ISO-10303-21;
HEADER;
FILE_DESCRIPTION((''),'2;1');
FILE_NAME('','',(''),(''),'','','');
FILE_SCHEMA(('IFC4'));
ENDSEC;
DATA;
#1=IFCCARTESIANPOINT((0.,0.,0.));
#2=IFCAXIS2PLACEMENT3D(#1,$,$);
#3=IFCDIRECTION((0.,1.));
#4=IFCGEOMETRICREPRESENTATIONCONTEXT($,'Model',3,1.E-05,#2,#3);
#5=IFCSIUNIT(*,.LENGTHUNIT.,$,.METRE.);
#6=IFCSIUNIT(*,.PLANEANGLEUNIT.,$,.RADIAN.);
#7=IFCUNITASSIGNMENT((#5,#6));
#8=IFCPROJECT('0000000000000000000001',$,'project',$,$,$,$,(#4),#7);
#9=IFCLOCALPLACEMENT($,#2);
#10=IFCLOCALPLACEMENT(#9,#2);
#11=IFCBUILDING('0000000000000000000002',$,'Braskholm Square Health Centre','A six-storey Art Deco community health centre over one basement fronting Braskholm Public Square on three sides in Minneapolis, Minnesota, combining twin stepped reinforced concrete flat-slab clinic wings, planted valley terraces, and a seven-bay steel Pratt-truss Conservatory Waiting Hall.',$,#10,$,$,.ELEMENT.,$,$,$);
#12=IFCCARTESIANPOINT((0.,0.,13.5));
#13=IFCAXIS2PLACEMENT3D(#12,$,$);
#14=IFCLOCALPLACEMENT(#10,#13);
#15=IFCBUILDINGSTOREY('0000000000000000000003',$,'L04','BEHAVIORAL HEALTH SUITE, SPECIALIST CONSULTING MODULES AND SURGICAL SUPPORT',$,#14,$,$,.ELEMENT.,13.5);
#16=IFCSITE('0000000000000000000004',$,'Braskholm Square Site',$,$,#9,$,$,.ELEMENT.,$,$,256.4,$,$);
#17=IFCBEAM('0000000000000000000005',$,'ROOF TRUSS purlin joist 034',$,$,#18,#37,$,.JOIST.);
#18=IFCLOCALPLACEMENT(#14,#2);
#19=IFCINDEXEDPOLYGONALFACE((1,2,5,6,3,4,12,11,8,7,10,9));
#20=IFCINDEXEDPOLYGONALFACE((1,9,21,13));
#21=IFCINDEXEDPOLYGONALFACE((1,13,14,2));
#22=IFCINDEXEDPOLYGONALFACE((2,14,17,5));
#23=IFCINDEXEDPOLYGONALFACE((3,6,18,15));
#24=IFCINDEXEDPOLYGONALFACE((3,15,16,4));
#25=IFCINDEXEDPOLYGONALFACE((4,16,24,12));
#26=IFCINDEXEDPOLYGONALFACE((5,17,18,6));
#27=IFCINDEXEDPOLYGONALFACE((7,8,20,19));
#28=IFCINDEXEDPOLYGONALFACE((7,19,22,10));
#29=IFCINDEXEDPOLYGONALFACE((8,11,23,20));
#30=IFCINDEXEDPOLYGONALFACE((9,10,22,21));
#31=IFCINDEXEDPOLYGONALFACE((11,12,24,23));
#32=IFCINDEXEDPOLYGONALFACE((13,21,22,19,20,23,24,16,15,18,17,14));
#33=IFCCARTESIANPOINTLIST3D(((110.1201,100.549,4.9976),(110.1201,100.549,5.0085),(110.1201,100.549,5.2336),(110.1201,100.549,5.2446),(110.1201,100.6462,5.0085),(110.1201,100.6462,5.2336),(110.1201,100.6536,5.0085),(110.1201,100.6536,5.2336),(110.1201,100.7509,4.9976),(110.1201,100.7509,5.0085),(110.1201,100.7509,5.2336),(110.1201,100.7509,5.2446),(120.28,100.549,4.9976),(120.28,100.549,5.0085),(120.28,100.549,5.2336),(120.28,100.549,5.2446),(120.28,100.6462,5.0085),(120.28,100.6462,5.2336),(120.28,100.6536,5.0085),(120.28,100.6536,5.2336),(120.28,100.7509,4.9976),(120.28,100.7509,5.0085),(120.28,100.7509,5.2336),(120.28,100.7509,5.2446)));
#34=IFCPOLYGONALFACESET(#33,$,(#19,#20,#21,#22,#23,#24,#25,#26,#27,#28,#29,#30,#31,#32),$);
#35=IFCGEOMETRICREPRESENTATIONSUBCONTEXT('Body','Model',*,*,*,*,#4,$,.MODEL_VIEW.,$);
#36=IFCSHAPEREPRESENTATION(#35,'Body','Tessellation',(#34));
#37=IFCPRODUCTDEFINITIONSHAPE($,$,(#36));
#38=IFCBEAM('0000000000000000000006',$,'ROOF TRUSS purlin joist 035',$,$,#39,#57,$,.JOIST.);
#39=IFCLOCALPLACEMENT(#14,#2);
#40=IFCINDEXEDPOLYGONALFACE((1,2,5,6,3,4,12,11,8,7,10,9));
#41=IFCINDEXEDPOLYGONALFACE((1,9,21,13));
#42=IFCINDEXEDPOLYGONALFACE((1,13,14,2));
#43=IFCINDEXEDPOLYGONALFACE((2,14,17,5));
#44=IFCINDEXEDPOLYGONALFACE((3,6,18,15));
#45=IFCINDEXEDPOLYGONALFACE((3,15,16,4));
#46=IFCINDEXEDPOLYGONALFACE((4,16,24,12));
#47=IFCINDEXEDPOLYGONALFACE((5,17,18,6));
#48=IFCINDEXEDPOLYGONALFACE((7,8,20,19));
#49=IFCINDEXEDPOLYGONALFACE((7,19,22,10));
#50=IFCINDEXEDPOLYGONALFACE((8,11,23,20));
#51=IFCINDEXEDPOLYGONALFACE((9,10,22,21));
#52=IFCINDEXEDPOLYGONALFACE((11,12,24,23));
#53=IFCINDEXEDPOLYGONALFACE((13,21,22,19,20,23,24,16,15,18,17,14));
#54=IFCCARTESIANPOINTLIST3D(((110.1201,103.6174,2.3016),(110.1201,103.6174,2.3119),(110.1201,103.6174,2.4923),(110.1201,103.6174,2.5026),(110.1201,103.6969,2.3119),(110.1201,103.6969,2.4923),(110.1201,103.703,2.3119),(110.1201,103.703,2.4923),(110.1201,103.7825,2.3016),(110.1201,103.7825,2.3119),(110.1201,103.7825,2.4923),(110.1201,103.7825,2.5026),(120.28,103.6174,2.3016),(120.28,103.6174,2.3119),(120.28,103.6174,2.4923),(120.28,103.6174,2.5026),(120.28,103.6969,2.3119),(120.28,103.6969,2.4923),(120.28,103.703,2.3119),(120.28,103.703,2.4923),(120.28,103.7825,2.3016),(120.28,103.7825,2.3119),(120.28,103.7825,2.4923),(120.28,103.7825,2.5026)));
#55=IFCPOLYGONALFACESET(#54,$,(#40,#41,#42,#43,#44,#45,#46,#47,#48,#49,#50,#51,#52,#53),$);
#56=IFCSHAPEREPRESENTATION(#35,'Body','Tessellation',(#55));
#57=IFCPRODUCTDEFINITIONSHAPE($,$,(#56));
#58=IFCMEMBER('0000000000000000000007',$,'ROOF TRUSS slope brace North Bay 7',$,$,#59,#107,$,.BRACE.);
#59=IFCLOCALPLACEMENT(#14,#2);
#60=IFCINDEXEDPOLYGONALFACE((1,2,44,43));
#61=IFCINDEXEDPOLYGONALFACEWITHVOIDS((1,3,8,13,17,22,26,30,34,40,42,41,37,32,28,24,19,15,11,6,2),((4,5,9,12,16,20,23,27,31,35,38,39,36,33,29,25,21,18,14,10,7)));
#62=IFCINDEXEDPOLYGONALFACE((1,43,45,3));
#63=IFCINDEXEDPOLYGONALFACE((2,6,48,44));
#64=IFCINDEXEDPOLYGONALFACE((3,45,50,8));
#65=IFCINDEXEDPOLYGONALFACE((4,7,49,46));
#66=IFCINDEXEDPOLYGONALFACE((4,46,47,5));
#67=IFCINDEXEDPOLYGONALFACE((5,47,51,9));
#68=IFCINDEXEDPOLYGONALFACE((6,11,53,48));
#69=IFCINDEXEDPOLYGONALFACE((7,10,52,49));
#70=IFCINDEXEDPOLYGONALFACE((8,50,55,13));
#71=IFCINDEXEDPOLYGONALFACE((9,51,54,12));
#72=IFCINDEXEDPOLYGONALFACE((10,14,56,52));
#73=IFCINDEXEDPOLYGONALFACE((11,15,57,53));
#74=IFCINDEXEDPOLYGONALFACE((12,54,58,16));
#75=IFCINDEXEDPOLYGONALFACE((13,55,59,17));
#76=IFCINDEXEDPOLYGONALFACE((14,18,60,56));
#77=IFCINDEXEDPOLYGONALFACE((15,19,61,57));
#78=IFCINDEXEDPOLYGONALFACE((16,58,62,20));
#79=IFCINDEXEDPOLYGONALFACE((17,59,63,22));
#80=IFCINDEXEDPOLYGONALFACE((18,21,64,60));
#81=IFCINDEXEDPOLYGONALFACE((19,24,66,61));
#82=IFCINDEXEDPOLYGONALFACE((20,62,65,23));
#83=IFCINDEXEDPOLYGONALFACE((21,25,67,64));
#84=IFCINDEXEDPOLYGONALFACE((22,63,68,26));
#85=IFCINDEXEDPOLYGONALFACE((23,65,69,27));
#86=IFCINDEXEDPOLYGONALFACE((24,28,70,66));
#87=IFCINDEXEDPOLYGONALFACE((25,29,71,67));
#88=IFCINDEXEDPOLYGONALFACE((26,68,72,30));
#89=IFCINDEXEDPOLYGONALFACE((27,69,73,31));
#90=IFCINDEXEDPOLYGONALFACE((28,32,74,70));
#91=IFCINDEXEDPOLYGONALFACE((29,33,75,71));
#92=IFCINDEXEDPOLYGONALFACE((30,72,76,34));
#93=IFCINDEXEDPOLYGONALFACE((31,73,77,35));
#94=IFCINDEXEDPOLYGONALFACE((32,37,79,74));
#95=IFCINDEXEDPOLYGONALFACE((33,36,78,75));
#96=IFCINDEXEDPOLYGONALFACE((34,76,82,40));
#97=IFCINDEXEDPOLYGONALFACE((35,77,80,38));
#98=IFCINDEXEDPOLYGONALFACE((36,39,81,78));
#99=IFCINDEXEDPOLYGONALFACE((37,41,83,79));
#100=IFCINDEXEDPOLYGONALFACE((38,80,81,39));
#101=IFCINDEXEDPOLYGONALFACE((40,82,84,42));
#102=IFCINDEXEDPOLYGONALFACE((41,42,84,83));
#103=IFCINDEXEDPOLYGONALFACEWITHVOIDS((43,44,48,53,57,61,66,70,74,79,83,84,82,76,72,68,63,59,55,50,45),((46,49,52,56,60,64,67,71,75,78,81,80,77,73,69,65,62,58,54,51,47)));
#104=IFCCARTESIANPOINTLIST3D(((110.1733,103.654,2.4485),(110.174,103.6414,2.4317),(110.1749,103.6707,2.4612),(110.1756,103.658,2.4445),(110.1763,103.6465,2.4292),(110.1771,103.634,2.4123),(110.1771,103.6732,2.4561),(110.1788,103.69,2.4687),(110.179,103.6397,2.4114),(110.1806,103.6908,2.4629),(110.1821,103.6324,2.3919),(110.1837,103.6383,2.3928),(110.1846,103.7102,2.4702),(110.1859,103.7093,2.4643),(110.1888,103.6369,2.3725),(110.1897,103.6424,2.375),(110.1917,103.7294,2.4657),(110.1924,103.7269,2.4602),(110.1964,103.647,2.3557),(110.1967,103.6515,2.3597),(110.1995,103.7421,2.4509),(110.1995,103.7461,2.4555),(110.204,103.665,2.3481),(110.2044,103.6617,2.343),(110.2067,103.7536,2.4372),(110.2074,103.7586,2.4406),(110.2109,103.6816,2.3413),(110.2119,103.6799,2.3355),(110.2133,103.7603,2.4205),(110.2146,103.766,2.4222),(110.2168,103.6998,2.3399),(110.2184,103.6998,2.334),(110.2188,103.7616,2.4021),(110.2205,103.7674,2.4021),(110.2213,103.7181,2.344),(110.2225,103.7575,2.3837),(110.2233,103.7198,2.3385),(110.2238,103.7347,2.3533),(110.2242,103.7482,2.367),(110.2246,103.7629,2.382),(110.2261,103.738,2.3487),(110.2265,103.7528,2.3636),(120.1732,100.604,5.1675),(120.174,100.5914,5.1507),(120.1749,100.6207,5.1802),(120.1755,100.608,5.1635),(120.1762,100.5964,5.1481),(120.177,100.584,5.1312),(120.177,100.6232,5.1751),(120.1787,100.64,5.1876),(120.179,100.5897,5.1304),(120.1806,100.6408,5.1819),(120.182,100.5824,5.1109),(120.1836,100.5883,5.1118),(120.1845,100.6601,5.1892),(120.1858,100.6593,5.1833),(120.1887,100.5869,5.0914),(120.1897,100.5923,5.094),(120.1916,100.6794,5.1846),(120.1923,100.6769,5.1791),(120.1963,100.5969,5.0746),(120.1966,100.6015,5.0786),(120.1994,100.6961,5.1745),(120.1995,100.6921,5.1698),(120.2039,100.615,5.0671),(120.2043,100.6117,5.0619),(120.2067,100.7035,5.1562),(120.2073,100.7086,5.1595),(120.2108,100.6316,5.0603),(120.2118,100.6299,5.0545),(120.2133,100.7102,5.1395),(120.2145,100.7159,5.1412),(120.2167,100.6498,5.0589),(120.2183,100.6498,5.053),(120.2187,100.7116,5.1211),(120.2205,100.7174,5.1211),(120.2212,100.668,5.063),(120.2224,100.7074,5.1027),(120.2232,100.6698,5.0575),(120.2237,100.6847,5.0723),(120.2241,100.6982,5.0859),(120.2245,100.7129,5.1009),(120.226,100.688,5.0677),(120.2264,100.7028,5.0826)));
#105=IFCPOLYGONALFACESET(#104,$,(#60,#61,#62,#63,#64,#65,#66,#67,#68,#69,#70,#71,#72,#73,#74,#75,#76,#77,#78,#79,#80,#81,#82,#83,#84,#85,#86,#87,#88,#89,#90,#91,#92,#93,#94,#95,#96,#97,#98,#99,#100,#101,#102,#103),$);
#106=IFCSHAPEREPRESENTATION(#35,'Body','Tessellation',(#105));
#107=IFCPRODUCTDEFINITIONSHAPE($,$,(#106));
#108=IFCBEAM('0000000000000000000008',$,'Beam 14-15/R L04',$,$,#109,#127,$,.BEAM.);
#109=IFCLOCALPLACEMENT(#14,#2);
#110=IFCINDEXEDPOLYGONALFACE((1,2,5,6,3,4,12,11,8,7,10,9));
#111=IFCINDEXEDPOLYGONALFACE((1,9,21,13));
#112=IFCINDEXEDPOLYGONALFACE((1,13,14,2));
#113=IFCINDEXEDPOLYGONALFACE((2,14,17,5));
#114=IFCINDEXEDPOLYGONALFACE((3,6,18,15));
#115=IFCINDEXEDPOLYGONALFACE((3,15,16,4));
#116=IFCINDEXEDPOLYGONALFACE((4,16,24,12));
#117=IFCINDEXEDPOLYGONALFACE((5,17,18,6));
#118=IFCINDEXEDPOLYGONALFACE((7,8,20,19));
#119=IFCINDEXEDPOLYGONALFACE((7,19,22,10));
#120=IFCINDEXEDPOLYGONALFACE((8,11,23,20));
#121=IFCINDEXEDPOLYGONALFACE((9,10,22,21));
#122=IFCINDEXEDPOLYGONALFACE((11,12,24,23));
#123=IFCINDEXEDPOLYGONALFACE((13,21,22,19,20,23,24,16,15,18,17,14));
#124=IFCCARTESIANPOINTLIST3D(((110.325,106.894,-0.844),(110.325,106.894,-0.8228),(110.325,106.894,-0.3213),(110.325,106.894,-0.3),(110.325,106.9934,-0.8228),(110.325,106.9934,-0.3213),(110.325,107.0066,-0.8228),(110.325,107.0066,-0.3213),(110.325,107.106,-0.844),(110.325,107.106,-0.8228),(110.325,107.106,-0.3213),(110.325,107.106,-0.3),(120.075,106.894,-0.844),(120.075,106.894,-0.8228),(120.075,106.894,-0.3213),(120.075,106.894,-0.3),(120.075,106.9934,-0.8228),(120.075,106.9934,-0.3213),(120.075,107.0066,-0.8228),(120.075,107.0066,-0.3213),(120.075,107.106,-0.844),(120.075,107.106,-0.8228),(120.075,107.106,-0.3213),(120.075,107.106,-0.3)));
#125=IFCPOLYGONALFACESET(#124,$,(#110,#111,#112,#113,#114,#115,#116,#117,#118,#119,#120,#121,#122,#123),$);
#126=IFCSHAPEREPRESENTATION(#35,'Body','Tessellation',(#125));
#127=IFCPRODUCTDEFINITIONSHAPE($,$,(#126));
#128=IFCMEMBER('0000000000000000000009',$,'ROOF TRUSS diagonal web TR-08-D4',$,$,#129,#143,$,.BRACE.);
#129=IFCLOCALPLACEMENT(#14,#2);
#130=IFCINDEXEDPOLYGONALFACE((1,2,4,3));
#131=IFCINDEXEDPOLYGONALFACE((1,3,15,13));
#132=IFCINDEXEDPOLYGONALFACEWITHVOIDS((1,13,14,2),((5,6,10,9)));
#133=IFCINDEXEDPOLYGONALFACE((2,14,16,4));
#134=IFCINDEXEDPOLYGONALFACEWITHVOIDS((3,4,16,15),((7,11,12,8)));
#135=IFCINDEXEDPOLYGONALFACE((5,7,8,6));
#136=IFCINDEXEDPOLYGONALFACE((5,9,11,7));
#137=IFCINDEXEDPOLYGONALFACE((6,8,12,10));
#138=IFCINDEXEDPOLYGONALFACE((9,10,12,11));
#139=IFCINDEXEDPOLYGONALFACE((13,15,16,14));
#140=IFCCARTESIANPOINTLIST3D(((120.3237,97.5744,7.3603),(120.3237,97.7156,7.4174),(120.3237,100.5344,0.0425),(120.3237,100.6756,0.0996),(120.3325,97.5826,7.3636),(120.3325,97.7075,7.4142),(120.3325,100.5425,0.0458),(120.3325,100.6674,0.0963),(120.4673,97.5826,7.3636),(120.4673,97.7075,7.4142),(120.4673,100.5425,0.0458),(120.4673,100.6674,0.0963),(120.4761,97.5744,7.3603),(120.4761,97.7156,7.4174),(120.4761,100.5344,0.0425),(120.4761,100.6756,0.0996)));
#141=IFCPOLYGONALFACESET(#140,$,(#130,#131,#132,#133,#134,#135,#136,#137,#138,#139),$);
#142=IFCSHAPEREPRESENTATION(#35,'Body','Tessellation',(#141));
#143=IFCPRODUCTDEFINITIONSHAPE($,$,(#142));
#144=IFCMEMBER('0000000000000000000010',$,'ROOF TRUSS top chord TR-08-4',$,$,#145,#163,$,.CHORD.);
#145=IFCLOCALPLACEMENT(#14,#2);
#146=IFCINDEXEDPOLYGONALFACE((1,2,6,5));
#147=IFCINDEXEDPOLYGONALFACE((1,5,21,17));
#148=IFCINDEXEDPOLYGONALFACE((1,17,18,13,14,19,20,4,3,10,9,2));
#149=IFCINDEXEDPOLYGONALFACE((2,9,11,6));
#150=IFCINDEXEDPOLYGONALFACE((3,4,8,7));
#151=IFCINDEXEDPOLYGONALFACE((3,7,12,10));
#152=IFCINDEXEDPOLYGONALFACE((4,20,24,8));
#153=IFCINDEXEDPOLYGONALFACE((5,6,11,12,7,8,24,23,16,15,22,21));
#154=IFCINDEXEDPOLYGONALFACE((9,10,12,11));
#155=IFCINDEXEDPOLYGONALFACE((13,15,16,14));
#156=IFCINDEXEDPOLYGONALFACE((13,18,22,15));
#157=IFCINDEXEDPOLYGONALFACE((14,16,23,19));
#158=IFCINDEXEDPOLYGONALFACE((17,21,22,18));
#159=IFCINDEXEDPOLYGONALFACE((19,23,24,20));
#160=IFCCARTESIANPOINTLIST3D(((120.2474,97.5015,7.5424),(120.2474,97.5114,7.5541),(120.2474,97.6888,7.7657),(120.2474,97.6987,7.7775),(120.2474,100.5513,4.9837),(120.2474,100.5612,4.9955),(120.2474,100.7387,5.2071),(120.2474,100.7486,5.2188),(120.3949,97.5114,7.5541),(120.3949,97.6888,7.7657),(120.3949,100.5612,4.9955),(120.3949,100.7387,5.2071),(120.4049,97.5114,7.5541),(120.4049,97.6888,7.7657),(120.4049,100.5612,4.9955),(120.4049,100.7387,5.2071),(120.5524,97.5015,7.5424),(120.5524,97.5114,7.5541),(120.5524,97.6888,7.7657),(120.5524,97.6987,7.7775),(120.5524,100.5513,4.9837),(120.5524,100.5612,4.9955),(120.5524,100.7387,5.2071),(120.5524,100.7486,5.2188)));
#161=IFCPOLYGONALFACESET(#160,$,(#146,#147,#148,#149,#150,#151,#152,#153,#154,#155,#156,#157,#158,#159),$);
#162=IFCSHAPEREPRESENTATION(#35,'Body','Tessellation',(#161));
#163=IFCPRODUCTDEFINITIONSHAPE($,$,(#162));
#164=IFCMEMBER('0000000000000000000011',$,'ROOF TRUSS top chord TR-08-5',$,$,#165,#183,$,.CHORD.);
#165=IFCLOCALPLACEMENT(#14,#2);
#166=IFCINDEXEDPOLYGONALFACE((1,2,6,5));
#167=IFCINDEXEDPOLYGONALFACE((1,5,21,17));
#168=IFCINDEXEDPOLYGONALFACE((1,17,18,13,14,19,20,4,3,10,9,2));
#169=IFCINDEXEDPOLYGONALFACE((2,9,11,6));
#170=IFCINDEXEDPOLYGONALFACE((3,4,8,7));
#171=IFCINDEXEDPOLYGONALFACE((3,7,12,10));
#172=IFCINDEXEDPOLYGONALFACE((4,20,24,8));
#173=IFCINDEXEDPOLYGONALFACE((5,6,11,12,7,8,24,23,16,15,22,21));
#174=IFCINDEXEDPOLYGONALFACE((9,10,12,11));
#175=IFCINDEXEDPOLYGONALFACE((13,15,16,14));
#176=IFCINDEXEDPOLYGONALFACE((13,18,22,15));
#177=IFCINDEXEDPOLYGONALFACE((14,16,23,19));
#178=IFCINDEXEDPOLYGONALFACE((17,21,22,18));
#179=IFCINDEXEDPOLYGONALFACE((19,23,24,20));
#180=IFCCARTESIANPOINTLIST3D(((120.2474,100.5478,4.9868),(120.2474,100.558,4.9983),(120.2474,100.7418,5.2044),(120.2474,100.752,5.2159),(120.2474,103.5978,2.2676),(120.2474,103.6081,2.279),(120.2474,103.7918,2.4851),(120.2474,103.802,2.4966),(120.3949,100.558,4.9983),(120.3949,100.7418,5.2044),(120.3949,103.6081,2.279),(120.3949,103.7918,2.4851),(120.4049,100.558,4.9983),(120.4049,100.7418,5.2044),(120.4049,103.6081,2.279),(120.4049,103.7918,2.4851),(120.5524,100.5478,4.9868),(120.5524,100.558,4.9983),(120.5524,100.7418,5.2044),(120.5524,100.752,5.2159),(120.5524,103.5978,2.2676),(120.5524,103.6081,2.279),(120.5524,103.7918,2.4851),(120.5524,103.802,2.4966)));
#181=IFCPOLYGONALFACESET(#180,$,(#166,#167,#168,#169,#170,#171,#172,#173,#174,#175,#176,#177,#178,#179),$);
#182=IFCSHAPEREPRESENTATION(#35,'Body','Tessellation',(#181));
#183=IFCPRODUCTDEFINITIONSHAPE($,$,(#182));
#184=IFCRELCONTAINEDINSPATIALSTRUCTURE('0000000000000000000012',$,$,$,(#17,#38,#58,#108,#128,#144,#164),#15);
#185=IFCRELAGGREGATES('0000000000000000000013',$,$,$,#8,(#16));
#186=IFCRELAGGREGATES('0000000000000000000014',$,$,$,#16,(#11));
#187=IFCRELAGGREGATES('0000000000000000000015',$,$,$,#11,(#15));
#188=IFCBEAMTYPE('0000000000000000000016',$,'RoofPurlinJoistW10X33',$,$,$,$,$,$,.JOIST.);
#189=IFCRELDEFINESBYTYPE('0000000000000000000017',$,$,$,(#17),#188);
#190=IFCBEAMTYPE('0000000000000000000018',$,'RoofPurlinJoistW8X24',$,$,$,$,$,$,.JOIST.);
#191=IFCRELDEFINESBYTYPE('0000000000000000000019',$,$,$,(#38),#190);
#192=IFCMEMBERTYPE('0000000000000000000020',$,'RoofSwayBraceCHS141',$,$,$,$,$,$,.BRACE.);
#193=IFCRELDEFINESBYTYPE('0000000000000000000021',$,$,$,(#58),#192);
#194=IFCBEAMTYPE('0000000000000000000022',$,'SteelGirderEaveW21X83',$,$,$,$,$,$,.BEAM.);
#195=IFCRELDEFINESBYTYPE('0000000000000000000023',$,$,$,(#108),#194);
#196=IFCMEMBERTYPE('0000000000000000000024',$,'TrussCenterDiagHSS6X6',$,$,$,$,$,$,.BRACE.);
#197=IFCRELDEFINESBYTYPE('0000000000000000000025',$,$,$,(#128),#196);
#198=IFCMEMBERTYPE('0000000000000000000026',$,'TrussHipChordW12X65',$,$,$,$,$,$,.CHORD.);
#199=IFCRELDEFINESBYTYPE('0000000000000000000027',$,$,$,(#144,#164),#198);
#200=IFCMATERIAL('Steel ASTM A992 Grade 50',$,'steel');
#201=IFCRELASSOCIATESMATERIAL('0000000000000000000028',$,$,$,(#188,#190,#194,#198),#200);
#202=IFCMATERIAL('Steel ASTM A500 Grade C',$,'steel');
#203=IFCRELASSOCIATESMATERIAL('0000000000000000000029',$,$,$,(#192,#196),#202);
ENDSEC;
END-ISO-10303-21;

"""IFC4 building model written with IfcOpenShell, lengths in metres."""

from ifc_helpers import new_model, si_unit, direction, frame, origin, origin_2d, place, context, subcontext, project, spatial, hollow_rectangle, hollow_circle, i_section, extrude, material, material_profile, profile_set, type_object, element, save


model = new_model("IFC4")

# Units and contexts
model_context = context("Model", 3, precision=1e-05, world=origin(), true_north=direction((0.0, 1.0)))
body_context = subcontext(model_context, "Body", "Model", "MODEL_VIEW")
ifc_project = project(units=[si_unit("LENGTHUNIT", "METRE"), si_unit("PLANEANGLEUNIT", "RADIAN")], contexts=[model_context])

# Site, building, storey
site_placement = place(None, origin())
site = spatial("IfcSite", under=ifc_project, at=site_placement, Name="Braskholm Square Site", CompositionType="ELEMENT", RefElevation=256.4)
building_placement = place(site_placement, origin())
building = spatial("IfcBuilding", under=site, at=building_placement, Name="Braskholm Square Health Centre", Description="A six-storey Art Deco community health centre over one basement fronting Braskholm Public Square on three sides in Minneapolis, Minnesota, combining twin stepped reinforced concrete flat-slab clinic wings, planted valley terraces, and a seven-bay steel Pratt-truss Conservatory Waiting Hall.", CompositionType="ELEMENT")
storey_placement = place(building_placement, frame((0.0, 0.0, 13.5)))
storey = spatial("IfcBuildingStorey", under=building, at=storey_placement, Name="L04", Description="BEHAVIORAL HEALTH SUITE, SPECIALIST CONSULTING MODULES AND SURGICAL SUPPORT", CompositionType="ELEMENT", Elevation=13.5)

# Beams
ifc_material_1 = material(Name="Steel ASTM A992 Grade 50", Category="steel")
ifc_material_profile_1 = material_profile(ifc_material_1, i_section(OverallWidth=0.2019, OverallDepth=0.2471, WebThickness=0.0073, FlangeThickness=0.011, at=origin_2d()), Name="W10X33")
ifc_profile_set_1 = profile_set([ifc_material_profile_1], Name="Steel ASTM A992 Grade 50")
beam_type_1 = type_object("IfcBeamType", Name="RoofPurlinJoistW10X33", PredefinedType="JOIST", material=ifc_profile_set_1)
beam_1_placement = place(storey_placement, frame((110.1201, 100.6499, 5.1211), z_axis=(1.0, 0.0, 0.0), x_axis=(0.0, 1.0, 0.0)))
element("IfcBeam", 1, at=beam_1_placement, inside=storey, type_object=beam_type_1, Name="ROOF TRUSS purlin joist 034", PredefinedType="JOIST", context=body_context, shape_type="SweptSolid", body=[
    extrude(i_section(OverallWidth=0.2019, OverallDepth=0.2471, WebThickness=0.0073, FlangeThickness=0.011, at=origin_2d()), origin(), (0.0, 0.0, 1.0), 10.1599),
])
ifc_material_profile_2 = material_profile(ifc_material_1, i_section(OverallWidth=0.165, OverallDepth=0.2009, WebThickness=0.0061, FlangeThickness=0.0103, at=origin_2d()), Name="W8X24")
ifc_profile_set_2 = profile_set([ifc_material_profile_2], Name="Steel ASTM A992 Grade 50")
beam_type_2 = type_object("IfcBeamType", Name="RoofPurlinJoistW8X24", PredefinedType="JOIST", material=ifc_profile_set_2)
beam_2_placement = place(storey_placement, frame((110.1201, 103.7, 2.4021), z_axis=(1.0, 0.0, 0.0), x_axis=(0.0, 1.0, 0.0)))
element("IfcBeam", 2, at=beam_2_placement, inside=storey, type_object=beam_type_2, Name="ROOF TRUSS purlin joist 035", PredefinedType="JOIST", context=body_context, shape_type="SweptSolid", body=[
    extrude(i_section(OverallWidth=0.165, OverallDepth=0.2009, WebThickness=0.0061, FlangeThickness=0.0103, at=origin_2d()), origin(), (0.0, 0.0, 1.0), 10.1599),
])

# Member
ifc_material_2 = material(Name="Steel ASTM A500 Grade C", Category="steel")
ifc_material_profile_3 = material_profile(ifc_material_2, hollow_circle(Radius=0.0706, WallThickness=0.0061, at=origin_2d()), Name="HSS5.563X0.258")
ifc_profile_set_3 = profile_set([ifc_material_profile_3], Name="Steel ASTM A500 Grade C")
member_type_1 = type_object("IfcMemberType", Name="RoofSwayBraceCHS141", PredefinedType="BRACE", material=ifc_profile_set_3)
member_1_placement = place(storey_placement, frame((110.2, 103.7, 2.4021), z_axis=(0.925705, -0.282344, 0.251699), x_axis=(0.291737, 0.956499, 0.0)))
element("IfcMember", 3, at=member_1_placement, inside=storey, type_object=member_type_1, Name="ROOF TRUSS slope brace North Bay 7", PredefinedType="BRACE", context=body_context, shape_type="SweptSolid", body=[
    extrude(hollow_circle(Radius=0.0706, WallThickness=0.0061, at=origin_2d()), origin(), (0.0, 0.0, 1.0), 10.8025),
])

# Beam
ifc_material_profile_4 = material_profile(ifc_material_1, i_section(OverallWidth=0.2119, OverallDepth=0.5439, WebThickness=0.0132, FlangeThickness=0.0212, at=origin_2d()), Name="W21X83")
ifc_profile_set_4 = profile_set([ifc_material_profile_4], Name="Steel ASTM A992 Grade 50")
beam_type_3 = type_object("IfcBeamType", Name="SteelGirderEaveW21X83", PredefinedType="BEAM", material=ifc_profile_set_4)
beam_3_placement = place(storey_placement, frame((110.325, 107.0, -0.572), z_axis=(1.0, 0.0, 0.0), x_axis=(0.0, 1.0, 0.0)))
element("IfcBeam", 4, at=beam_3_placement, inside=storey, type_object=beam_type_3, Name="Beam 14-15/R L04", PredefinedType="BEAM", context=body_context, shape_type="SweptSolid", body=[
    extrude(i_section(OverallWidth=0.2119, OverallDepth=0.5439, WebThickness=0.0132, FlangeThickness=0.0212, at=origin_2d()), origin(), (0.0, 0.0, 1.0), 9.75),
])

# Members
ifc_material_profile_5 = material_profile(ifc_material_2, hollow_rectangle(XDim=0.1523, YDim=0.1523, WallThickness=0.0088, at=origin_2d()), Name="HSS6X6X3/8")
ifc_profile_set_5 = profile_set([ifc_material_profile_5], Name="Steel ASTM A500 Grade C")
member_type_2 = type_object("IfcMemberType", Name="TrussCenterDiagHSS6X6", PredefinedType="BRACE", material=ifc_profile_set_5)
member_2_placement = place(storey_placement, frame((120.3999, 100.605, 0.071), z_axis=(0.0, -0.374971, 0.927036), x_axis=(1.0, 0.0, 0.0)))
element("IfcMember", 5, at=member_2_placement, inside=storey, type_object=member_type_2, Name="ROOF TRUSS diagonal web TR-08-D4", PredefinedType="BRACE", context=body_context, shape_type="SweptSolid", body=[
    extrude(hollow_rectangle(XDim=0.1523, YDim=0.1523, WallThickness=0.0088, at=origin_2d()), origin(), (0.0, 0.0, 1.0), 7.8938),
])
ifc_material_profile_6 = material_profile(ifc_material_1, i_section(OverallWidth=0.3049, OverallDepth=0.3069, WebThickness=0.01, FlangeThickness=0.0154, at=origin_2d()), Name="W12X65")
ifc_profile_set_6 = profile_set([ifc_material_profile_6], Name="Steel ASTM A992 Grade 50")
member_type_3 = type_object("IfcMemberType", Name="TrussHipChordW12X65", PredefinedType="CHORD", material=ifc_profile_set_6)
member_3_placement = place(storey_placement, frame((120.3999, 97.6001, 7.6599), z_axis=(0.0, 0.766106, -0.642714), x_axis=(-1.0, 0.0, 0.0)))
element("IfcMember", 6, at=member_3_placement, inside=storey, type_object=member_type_3, Name="ROOF TRUSS top chord TR-08-4", PredefinedType="CHORD", context=body_context, shape_type="SweptSolid", body=[
    extrude(i_section(OverallWidth=0.3049, OverallDepth=0.3069, WebThickness=0.01, FlangeThickness=0.0154, at=origin_2d()), origin(), (0.0, 0.0, 1.0), 3.981),
])
member_4_placement = place(storey_placement, frame((120.3999, 100.6499, 5.1013), z_axis=(0.0, 0.746426, -0.665468), x_axis=(-1.0, 0.0, 0.0)))
element("IfcMember", 7, at=member_4_placement, inside=storey, type_object=member_type_3, Name="ROOF TRUSS top chord TR-08-5", PredefinedType="CHORD", context=body_context, shape_type="SweptSolid", body=[
    extrude(i_section(OverallWidth=0.3049, OverallDepth=0.3069, WebThickness=0.01, FlangeThickness=0.0154, at=origin_2d()), origin(), (0.0, 0.0, 1.0), 4.0862),
])

save(model, "model.ifc")
